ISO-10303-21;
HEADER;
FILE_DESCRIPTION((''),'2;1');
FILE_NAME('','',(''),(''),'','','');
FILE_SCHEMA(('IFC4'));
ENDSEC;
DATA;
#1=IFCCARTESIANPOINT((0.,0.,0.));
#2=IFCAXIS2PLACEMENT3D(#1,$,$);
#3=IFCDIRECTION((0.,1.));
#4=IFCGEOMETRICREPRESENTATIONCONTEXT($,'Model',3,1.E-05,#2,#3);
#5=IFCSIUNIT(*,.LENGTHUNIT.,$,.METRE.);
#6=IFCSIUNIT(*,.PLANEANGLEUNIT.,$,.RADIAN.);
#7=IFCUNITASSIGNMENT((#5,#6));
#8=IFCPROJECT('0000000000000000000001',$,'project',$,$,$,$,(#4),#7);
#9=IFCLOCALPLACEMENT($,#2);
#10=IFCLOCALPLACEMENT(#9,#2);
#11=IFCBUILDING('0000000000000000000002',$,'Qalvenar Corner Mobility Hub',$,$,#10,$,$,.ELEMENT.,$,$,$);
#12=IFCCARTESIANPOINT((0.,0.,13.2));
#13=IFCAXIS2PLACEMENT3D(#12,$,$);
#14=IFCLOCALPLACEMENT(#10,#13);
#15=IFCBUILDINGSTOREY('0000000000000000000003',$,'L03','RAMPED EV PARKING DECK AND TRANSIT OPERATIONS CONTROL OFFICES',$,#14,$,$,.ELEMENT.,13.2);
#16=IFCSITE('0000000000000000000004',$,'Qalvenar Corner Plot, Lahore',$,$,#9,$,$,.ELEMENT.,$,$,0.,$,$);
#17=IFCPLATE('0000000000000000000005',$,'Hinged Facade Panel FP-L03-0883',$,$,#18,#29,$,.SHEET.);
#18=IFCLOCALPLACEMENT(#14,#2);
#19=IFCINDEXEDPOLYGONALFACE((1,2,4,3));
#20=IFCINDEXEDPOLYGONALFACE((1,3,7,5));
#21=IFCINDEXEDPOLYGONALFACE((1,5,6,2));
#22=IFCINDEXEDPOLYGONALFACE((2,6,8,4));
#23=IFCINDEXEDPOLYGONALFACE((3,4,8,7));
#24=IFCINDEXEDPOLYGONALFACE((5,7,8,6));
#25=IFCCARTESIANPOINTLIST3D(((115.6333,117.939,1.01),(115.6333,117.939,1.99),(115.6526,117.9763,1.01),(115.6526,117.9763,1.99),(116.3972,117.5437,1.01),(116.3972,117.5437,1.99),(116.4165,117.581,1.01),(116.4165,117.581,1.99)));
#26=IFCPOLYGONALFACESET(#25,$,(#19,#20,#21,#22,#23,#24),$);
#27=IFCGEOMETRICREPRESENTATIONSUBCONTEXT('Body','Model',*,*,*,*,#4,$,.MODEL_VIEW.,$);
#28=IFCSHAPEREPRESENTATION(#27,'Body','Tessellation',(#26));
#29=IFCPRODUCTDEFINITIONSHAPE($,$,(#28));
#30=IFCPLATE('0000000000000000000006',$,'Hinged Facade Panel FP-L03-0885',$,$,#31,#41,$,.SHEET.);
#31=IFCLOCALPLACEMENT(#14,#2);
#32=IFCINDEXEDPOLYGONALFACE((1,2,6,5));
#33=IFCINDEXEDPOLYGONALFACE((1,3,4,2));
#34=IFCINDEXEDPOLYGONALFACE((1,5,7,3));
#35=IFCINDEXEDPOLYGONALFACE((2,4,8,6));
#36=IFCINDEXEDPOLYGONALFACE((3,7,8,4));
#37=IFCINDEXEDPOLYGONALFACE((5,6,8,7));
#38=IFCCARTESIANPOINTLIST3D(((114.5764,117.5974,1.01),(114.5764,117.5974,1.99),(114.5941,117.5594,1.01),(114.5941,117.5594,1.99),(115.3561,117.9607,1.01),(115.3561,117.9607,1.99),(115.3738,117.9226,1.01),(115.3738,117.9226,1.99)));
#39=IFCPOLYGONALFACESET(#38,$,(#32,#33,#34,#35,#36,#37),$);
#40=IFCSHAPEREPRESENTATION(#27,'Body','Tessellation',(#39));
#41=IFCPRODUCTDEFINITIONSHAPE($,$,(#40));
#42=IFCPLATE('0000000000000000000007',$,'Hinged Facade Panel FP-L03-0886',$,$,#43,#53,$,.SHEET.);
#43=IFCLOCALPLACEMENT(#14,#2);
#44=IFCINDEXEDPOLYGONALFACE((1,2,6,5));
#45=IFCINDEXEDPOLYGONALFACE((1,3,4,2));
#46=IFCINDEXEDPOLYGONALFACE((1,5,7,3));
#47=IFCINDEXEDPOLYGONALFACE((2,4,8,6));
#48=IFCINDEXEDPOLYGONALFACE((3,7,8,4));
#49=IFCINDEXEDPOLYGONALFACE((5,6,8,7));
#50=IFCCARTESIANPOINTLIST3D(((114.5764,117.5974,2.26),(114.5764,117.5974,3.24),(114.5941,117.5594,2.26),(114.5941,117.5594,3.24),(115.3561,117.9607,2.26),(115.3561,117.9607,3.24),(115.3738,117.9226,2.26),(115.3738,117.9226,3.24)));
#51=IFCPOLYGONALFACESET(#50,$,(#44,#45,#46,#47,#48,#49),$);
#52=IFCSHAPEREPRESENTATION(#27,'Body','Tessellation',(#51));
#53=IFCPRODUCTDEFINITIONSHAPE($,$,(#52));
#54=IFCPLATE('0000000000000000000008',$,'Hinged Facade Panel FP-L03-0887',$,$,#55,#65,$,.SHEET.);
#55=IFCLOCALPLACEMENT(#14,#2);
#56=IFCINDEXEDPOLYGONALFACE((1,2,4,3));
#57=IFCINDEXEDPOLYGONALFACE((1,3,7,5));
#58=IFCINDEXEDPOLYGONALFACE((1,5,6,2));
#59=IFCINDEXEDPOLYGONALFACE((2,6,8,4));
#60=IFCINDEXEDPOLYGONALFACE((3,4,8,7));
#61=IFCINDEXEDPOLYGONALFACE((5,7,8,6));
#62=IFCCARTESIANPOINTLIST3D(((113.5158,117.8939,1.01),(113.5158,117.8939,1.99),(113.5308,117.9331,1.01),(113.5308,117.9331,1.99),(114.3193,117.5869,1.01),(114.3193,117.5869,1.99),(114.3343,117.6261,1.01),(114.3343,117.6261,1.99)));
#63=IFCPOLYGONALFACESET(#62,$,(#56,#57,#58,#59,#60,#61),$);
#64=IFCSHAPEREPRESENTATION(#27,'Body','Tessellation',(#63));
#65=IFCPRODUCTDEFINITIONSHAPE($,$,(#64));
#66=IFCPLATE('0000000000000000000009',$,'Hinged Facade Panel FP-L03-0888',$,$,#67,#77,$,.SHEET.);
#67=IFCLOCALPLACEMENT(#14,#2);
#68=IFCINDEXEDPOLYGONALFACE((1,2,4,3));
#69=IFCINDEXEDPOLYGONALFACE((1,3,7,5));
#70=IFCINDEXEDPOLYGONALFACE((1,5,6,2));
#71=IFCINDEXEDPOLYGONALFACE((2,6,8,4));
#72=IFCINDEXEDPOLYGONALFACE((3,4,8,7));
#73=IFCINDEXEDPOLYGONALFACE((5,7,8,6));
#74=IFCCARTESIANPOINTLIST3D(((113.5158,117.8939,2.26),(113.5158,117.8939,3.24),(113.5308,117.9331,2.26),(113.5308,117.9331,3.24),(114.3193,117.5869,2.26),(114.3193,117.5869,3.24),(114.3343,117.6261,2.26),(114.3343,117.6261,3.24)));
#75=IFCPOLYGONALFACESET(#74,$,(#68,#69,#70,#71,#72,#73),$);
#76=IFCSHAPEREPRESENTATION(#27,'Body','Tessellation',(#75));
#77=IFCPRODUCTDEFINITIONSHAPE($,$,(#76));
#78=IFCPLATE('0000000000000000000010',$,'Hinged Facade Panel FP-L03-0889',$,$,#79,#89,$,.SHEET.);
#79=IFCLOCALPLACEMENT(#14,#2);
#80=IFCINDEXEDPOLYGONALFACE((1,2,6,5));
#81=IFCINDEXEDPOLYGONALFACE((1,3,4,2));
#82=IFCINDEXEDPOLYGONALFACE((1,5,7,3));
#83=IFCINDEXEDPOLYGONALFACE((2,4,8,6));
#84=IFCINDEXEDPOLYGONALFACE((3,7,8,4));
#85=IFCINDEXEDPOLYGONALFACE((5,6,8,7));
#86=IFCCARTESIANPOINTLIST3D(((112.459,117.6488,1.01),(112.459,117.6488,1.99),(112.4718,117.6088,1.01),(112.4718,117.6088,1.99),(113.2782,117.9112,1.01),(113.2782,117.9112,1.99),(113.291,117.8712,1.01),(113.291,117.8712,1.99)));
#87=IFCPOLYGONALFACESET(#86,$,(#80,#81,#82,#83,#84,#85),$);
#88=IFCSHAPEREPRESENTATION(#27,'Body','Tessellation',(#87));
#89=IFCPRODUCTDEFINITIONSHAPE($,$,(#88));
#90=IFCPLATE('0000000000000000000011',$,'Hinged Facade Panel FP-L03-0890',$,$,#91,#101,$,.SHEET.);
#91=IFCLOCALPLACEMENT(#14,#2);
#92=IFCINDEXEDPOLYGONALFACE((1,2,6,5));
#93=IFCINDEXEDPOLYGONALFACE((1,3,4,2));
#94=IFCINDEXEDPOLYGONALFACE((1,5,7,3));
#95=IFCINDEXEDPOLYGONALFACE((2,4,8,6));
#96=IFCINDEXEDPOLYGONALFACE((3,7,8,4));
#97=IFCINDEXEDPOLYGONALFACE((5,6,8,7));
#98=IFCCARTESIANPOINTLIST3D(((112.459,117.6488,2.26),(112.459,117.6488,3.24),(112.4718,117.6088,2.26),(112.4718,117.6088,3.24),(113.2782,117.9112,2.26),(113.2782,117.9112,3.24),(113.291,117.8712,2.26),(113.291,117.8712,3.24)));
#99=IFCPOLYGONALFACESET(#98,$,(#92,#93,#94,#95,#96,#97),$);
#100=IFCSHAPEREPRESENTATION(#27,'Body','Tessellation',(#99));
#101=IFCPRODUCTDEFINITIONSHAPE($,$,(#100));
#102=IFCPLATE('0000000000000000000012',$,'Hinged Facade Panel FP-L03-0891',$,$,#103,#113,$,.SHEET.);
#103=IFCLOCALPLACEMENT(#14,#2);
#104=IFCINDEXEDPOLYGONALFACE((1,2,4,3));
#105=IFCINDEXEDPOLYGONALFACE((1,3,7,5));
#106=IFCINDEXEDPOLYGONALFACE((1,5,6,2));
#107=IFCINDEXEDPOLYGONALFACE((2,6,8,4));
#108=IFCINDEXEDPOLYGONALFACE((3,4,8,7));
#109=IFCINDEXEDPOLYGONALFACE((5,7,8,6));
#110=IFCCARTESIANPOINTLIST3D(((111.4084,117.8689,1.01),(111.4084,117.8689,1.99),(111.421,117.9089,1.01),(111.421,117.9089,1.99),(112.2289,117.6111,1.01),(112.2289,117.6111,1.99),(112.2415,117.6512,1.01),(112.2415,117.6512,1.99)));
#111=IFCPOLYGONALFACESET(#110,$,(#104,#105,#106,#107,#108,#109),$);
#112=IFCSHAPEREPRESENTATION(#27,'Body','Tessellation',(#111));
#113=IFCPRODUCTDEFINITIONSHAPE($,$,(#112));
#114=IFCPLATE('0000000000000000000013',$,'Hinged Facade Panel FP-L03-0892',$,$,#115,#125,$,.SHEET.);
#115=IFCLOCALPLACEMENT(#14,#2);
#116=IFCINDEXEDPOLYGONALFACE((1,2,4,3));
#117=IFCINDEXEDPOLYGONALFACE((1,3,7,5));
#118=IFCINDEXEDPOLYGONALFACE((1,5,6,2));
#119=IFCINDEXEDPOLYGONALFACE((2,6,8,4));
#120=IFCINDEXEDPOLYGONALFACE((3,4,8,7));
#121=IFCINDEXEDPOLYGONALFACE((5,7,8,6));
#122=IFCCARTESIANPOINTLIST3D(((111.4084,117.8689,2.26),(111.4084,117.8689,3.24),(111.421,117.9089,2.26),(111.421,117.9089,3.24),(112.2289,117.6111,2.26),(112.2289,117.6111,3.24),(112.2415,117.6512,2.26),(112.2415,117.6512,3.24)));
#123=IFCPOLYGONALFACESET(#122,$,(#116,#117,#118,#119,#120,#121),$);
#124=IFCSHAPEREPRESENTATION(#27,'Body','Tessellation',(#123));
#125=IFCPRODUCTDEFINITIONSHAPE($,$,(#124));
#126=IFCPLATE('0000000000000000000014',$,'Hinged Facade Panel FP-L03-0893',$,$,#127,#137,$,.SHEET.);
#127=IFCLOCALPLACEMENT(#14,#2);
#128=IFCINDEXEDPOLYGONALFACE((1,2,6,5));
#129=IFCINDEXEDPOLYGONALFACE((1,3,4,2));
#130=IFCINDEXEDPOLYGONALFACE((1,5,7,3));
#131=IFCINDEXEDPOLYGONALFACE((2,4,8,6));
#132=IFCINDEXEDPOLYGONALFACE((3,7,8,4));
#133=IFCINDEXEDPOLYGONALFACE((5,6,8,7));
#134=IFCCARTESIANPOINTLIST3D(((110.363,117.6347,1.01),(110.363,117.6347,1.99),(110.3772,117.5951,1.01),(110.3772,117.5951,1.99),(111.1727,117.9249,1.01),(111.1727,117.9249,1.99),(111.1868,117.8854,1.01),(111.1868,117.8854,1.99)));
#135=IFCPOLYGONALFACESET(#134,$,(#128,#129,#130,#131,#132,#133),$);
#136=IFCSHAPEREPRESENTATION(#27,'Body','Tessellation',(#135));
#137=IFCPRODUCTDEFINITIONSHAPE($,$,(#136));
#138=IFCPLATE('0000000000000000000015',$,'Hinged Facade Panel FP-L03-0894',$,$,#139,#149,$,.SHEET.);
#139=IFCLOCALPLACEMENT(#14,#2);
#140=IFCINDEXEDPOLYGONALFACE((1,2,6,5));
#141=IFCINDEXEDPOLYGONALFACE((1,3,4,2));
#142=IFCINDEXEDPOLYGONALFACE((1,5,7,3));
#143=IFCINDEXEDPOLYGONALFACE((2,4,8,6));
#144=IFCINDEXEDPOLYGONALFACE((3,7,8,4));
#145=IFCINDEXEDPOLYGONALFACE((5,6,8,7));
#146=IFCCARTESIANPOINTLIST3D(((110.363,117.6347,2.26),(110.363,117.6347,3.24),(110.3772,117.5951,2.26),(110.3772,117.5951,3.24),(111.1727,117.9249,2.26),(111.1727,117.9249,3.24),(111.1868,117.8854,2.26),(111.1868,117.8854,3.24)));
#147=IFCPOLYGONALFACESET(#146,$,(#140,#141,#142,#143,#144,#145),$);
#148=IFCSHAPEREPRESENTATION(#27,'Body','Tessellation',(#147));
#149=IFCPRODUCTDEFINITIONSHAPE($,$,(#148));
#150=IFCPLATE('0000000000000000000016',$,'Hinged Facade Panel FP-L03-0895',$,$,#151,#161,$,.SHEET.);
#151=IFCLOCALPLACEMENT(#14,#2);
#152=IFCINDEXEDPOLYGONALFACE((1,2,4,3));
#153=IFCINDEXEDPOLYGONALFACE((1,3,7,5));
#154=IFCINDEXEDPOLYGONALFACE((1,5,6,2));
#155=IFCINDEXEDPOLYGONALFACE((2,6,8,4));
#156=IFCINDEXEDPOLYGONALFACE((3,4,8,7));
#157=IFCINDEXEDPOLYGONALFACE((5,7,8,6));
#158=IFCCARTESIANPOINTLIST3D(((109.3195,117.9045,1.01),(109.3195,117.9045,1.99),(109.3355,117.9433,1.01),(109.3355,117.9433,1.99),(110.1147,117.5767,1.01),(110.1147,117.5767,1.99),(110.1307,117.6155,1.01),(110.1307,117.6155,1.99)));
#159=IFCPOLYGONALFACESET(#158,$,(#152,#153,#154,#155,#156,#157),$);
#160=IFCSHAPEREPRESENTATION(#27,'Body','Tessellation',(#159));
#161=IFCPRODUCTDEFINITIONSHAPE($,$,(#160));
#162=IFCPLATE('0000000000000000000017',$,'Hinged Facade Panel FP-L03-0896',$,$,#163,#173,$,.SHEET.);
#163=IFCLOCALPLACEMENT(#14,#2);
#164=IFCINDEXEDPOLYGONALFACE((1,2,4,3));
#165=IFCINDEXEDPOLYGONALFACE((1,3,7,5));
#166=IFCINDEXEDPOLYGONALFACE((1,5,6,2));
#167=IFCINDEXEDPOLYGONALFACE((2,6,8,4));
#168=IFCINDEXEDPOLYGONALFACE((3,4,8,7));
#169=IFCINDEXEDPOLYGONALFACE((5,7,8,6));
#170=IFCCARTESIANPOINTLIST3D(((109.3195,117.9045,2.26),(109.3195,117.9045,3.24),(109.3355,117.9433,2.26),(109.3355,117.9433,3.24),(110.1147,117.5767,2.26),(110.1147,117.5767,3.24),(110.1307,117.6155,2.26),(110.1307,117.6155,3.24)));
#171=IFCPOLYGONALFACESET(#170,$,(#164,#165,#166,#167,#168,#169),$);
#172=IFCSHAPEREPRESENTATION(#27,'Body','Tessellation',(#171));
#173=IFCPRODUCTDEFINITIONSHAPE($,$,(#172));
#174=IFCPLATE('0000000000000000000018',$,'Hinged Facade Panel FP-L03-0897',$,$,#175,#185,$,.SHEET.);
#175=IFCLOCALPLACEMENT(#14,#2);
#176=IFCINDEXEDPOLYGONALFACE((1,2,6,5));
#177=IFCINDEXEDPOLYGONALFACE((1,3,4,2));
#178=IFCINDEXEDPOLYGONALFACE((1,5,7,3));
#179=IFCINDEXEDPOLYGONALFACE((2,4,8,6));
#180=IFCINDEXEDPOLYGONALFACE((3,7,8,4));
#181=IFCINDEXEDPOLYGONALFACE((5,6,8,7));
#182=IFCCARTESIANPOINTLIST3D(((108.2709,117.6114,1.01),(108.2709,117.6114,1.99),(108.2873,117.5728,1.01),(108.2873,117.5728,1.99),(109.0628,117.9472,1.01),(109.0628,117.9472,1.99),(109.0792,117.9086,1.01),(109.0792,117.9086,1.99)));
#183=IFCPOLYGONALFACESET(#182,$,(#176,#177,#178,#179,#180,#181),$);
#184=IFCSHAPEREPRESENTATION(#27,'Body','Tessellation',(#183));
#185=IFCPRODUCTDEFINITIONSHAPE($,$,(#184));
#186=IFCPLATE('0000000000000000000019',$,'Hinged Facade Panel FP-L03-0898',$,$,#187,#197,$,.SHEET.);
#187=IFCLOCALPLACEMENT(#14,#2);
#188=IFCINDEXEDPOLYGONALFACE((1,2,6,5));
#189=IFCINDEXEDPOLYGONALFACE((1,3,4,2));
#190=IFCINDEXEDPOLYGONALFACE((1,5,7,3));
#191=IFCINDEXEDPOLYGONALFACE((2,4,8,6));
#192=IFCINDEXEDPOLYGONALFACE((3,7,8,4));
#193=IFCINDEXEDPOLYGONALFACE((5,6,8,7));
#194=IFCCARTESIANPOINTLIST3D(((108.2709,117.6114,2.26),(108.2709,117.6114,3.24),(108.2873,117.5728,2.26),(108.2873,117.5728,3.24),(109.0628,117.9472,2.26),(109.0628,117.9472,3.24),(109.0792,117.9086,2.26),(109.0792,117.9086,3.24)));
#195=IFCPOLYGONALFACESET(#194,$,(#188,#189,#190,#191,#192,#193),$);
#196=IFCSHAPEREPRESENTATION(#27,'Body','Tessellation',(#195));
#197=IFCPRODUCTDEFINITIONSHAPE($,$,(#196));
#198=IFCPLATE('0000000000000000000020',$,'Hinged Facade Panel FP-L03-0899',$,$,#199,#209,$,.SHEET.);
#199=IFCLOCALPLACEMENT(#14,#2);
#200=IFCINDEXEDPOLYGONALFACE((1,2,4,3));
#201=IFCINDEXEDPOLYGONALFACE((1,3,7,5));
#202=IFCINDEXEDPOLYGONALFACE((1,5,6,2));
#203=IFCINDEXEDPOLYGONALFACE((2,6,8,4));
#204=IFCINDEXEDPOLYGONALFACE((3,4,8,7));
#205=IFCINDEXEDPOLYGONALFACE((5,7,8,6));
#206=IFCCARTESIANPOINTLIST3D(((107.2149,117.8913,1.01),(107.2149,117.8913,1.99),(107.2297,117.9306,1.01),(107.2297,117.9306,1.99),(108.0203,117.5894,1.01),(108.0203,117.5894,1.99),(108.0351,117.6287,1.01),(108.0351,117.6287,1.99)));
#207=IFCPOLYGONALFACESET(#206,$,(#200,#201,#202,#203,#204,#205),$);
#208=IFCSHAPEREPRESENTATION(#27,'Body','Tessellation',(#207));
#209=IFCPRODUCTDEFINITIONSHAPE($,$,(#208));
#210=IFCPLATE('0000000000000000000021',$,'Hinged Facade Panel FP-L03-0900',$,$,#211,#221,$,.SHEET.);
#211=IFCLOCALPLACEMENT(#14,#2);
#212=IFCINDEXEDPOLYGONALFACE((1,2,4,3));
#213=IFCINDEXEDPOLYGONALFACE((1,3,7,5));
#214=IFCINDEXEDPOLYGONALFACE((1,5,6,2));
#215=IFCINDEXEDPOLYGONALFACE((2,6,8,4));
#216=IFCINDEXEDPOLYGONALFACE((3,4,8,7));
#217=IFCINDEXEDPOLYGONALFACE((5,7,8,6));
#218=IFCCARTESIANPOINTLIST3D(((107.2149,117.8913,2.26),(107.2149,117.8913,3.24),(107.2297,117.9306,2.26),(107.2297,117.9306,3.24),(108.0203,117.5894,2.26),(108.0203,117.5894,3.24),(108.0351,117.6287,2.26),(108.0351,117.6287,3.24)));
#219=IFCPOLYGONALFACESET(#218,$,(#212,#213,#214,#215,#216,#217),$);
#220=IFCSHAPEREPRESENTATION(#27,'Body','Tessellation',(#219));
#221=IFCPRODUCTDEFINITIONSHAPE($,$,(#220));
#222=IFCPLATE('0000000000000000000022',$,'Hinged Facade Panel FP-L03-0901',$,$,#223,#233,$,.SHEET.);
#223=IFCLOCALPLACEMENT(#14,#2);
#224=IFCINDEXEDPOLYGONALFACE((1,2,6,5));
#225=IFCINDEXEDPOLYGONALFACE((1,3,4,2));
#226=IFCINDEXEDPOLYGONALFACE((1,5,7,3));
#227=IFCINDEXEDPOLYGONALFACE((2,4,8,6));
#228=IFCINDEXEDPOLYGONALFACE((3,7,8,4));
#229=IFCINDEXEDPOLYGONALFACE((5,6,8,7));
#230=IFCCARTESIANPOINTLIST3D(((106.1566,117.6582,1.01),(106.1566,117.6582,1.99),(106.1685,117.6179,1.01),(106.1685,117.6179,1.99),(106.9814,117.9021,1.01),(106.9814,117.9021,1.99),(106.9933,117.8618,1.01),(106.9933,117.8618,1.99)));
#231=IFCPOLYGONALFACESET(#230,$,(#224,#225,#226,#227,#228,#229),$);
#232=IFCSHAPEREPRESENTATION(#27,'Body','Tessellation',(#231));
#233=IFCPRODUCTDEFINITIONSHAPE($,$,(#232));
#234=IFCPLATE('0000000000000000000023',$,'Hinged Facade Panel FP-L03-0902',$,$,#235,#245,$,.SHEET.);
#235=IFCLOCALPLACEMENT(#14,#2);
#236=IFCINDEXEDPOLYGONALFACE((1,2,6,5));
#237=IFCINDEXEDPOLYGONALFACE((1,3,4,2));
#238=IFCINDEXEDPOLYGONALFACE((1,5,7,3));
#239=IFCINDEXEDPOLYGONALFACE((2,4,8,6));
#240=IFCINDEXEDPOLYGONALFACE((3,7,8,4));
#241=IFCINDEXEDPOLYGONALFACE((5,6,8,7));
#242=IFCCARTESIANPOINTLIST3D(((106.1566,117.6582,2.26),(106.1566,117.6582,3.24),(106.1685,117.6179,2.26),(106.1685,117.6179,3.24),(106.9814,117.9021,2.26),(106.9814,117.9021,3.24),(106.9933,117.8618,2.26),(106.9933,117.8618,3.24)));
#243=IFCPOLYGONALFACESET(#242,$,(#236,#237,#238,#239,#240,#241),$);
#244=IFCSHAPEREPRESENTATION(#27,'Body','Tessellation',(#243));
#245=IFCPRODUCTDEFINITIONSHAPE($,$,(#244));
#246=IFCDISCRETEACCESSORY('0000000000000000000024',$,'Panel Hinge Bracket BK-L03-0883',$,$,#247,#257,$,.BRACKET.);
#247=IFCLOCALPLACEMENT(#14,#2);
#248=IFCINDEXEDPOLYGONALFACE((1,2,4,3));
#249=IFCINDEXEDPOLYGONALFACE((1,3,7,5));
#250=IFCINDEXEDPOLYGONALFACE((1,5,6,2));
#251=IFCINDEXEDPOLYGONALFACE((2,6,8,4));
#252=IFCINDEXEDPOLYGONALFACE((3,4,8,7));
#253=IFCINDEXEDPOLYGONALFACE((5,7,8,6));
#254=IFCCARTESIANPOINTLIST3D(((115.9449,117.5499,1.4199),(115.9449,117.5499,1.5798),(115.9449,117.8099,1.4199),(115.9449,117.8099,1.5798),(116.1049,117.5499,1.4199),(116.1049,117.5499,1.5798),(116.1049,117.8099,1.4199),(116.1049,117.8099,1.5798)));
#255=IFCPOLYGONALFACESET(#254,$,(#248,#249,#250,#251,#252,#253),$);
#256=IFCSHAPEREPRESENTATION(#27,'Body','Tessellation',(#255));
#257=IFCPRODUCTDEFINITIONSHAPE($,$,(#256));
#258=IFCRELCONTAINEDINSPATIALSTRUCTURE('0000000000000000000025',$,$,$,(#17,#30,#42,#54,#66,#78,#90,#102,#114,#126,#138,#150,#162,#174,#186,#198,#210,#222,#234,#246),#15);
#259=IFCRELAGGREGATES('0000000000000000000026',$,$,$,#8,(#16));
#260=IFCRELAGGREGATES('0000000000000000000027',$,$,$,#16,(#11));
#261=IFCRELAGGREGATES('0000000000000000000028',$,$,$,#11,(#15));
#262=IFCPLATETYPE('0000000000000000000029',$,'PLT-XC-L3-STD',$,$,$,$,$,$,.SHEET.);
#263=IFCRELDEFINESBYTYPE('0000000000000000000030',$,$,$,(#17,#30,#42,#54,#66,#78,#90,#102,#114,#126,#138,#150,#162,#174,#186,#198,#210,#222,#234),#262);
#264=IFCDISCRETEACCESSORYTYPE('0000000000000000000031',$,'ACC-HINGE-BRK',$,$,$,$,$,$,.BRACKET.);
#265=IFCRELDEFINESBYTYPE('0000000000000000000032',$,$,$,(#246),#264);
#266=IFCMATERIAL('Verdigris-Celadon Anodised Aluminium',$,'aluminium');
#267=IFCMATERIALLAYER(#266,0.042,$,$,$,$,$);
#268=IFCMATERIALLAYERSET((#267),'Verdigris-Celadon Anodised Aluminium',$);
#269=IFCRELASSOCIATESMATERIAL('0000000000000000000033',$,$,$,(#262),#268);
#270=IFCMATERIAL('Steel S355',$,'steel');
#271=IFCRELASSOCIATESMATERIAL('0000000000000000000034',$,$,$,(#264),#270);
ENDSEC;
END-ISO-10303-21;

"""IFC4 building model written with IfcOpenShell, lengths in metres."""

from ifc_helpers import new_model, si_unit, direction, frame, origin, origin_2d, place, context, subcontext, project, spatial, rectangle, extrude, material, layer, layer_set, type_object, element, save


model = new_model("IFC4")

# Units and contexts
model_context = context("Model", 3, precision=1e-05, world=origin(), true_north=direction((0.0, 1.0)))
body_context = subcontext(model_context, "Body", "Model", "MODEL_VIEW")
ifc_project = project(units=[si_unit("LENGTHUNIT", "METRE"), si_unit("PLANEANGLEUNIT", "RADIAN")], contexts=[model_context])

# Site, building, storey
site_placement = place(None, origin())
site = spatial("IfcSite", under=ifc_project, at=site_placement, Name="Qalvenar Corner Plot, Lahore", CompositionType="ELEMENT", RefElevation=0.0)
building_placement = place(site_placement, origin())
building = spatial("IfcBuilding", under=site, at=building_placement, Name="Qalvenar Corner Mobility Hub", CompositionType="ELEMENT")
storey_placement = place(building_placement, frame((0.0, 0.0, 13.2)))
storey = spatial("IfcBuildingStorey", under=building, at=storey_placement, Name="L03", Description="RAMPED EV PARKING DECK AND TRANSIT OPERATIONS CONTROL OFFICES", CompositionType="ELEMENT", Elevation=13.2)

# Plates
ifc_material_1 = material(Name="Verdigris-Celadon Anodised Aluminium", Category="aluminium")
ifc_layer = layer(ifc_material_1, 0.042)
ifc_layer_set = layer_set([ifc_layer], Name="Verdigris-Celadon Anodised Aluminium")
plate_type = type_object("IfcPlateType", Name="PLT-XC-L3-STD", PredefinedType="SHEET", material=ifc_layer_set)
for number, where, z_axis, x_axis, name in (
    (1, (116.0249, 117.76, 1.01), (0.0, 0.0, 1.0), (-0.888136, 0.45958, 0.0), "Hinged Facade Panel FP-L03-0883"),
    (2, (114.9751, 117.76, 1.01), (0.0, 0.0, 1.0), (-0.906455, -0.422302, 0.0), "Hinged Facade Panel FP-L03-0885"),
    (3, (114.9751, 117.76, 2.26), (0.0, 0.0, 1.0), (-0.906455, -0.422302, 0.0), "Hinged Facade Panel FP-L03-0886"),
    (4, (113.925, 117.76, 1.01), (0.0, 0.0, 1.0), (-0.934142, 0.356901, 0.0), "Hinged Facade Panel FP-L03-0887"),
    (5, (113.925, 117.76, 2.26), (0.0, 0.0, 1.0), (-0.934142, 0.356901, 0.0), "Hinged Facade Panel FP-L03-0888"),
    (6, (112.875, 117.76, 1.01), (0.0, 0.0, 1.0), (-0.952343, -0.305031, 0.0), "Hinged Facade Panel FP-L03-0889"),
    (7, (112.875, 117.76, 2.26), (0.0, 0.0, 1.0), (-0.952343, -0.305031, 0.0), "Hinged Facade Panel FP-L03-0890"),
    (8, (111.825, 117.76, 1.01), (0.0, 0.0, 1.0), (-0.954031, 0.299707, 0.0), "Hinged Facade Panel FP-L03-0891"),
    (9, (111.825, 117.76, 2.26), (0.0, 0.0, 1.0), (-0.954031, 0.299707, 0.0), "Hinged Facade Panel FP-L03-0892"),
    (10, (110.7749, 117.76, 1.01), (0.0, 0.0, 1.0), (-0.941353, -0.337424, 0.0), "Hinged Facade Panel FP-L03-0893"),
    (11, (110.7749, 117.76, 2.26), (0.0, 0.0, 1.0), (-0.941353, -0.337424, 0.0), "Hinged Facade Panel FP-L03-0894"),
    (12, (109.7251, 117.76, 1.01), (0.0, 0.0, 1.0), (-0.924546, 0.38107, 0.0), "Hinged Facade Panel FP-L03-0895"),
    (13, (109.7251, 117.76, 2.26), (0.0, 0.0, 1.0), (-0.924546, 0.38107, 0.0), "Hinged Facade Panel FP-L03-0896"),
    (14, (108.675, 117.76, 1.01), (0.0, 0.0, 1.0), (-0.920641, -0.39041, 0.0), "Hinged Facade Panel FP-L03-0897"),
    (15, (108.675, 117.76, 2.26), (0.0, 0.0, 1.0), (-0.920641, -0.39041, 0.0), "Hinged Facade Panel FP-L03-0898"),
    (16, (107.625, 117.76, 1.01), (0.0, 0.0, 1.0), (-0.936366, 0.351025, 0.0), "Hinged Facade Panel FP-L03-0899"),
    (17, (107.625, 117.76, 2.26), (0.0, 0.0, 1.0), (-0.936366, 0.351025, 0.0), "Hinged Facade Panel FP-L03-0900"),
    (18, (106.575, 117.76, 1.01), (0.0, 0.0, 1.0), (-0.958968, -0.283513, 0.0), "Hinged Facade Panel FP-L03-0901"),
    (19, (106.575, 117.76, 2.26), (0.0, 0.0, 1.0), (-0.958968, -0.283513, 0.0), "Hinged Facade Panel FP-L03-0902"),
):
    element("IfcPlate", number, at=place(storey_placement, frame(where, z_axis=z_axis, x_axis=x_axis)), inside=storey, type_object=plate_type, Name=name, PredefinedType="SHEET", context=body_context, shape_type="SweptSolid", body=[
        extrude(rectangle(XDim=0.8601, YDim=0.042, at=origin_2d()), origin(), (0.0, 0.0, 1.0), 0.98),
    ])

# Discrete accessory
ifc_material_2 = material(Name="Steel S355", Category="steel")
discrete_accessory_type = type_object("IfcDiscreteAccessoryType", Name="ACC-HINGE-BRK", PredefinedType="BRACKET", material=ifc_material_2)
for number, where, z_axis, x_axis, name in (
    (20, (116.0249, 117.6799, 1.4199), (0.0, 0.0, 1.0), (-1.0, 0.0, 0.0), "Panel Hinge Bracket BK-L03-0883"),
):
    element("IfcDiscreteAccessory", number, at=place(storey_placement, frame(where, z_axis=z_axis, x_axis=x_axis)), inside=storey, type_object=discrete_accessory_type, Name=name, PredefinedType="BRACKET", context=body_context, shape_type="SweptSolid", body=[
        extrude(rectangle(XDim=0.1599, YDim=0.26, at=origin_2d()), origin(), (0.0, 0.0, 1.0), 0.1599),
    ])

save(model, "model.ifc")
